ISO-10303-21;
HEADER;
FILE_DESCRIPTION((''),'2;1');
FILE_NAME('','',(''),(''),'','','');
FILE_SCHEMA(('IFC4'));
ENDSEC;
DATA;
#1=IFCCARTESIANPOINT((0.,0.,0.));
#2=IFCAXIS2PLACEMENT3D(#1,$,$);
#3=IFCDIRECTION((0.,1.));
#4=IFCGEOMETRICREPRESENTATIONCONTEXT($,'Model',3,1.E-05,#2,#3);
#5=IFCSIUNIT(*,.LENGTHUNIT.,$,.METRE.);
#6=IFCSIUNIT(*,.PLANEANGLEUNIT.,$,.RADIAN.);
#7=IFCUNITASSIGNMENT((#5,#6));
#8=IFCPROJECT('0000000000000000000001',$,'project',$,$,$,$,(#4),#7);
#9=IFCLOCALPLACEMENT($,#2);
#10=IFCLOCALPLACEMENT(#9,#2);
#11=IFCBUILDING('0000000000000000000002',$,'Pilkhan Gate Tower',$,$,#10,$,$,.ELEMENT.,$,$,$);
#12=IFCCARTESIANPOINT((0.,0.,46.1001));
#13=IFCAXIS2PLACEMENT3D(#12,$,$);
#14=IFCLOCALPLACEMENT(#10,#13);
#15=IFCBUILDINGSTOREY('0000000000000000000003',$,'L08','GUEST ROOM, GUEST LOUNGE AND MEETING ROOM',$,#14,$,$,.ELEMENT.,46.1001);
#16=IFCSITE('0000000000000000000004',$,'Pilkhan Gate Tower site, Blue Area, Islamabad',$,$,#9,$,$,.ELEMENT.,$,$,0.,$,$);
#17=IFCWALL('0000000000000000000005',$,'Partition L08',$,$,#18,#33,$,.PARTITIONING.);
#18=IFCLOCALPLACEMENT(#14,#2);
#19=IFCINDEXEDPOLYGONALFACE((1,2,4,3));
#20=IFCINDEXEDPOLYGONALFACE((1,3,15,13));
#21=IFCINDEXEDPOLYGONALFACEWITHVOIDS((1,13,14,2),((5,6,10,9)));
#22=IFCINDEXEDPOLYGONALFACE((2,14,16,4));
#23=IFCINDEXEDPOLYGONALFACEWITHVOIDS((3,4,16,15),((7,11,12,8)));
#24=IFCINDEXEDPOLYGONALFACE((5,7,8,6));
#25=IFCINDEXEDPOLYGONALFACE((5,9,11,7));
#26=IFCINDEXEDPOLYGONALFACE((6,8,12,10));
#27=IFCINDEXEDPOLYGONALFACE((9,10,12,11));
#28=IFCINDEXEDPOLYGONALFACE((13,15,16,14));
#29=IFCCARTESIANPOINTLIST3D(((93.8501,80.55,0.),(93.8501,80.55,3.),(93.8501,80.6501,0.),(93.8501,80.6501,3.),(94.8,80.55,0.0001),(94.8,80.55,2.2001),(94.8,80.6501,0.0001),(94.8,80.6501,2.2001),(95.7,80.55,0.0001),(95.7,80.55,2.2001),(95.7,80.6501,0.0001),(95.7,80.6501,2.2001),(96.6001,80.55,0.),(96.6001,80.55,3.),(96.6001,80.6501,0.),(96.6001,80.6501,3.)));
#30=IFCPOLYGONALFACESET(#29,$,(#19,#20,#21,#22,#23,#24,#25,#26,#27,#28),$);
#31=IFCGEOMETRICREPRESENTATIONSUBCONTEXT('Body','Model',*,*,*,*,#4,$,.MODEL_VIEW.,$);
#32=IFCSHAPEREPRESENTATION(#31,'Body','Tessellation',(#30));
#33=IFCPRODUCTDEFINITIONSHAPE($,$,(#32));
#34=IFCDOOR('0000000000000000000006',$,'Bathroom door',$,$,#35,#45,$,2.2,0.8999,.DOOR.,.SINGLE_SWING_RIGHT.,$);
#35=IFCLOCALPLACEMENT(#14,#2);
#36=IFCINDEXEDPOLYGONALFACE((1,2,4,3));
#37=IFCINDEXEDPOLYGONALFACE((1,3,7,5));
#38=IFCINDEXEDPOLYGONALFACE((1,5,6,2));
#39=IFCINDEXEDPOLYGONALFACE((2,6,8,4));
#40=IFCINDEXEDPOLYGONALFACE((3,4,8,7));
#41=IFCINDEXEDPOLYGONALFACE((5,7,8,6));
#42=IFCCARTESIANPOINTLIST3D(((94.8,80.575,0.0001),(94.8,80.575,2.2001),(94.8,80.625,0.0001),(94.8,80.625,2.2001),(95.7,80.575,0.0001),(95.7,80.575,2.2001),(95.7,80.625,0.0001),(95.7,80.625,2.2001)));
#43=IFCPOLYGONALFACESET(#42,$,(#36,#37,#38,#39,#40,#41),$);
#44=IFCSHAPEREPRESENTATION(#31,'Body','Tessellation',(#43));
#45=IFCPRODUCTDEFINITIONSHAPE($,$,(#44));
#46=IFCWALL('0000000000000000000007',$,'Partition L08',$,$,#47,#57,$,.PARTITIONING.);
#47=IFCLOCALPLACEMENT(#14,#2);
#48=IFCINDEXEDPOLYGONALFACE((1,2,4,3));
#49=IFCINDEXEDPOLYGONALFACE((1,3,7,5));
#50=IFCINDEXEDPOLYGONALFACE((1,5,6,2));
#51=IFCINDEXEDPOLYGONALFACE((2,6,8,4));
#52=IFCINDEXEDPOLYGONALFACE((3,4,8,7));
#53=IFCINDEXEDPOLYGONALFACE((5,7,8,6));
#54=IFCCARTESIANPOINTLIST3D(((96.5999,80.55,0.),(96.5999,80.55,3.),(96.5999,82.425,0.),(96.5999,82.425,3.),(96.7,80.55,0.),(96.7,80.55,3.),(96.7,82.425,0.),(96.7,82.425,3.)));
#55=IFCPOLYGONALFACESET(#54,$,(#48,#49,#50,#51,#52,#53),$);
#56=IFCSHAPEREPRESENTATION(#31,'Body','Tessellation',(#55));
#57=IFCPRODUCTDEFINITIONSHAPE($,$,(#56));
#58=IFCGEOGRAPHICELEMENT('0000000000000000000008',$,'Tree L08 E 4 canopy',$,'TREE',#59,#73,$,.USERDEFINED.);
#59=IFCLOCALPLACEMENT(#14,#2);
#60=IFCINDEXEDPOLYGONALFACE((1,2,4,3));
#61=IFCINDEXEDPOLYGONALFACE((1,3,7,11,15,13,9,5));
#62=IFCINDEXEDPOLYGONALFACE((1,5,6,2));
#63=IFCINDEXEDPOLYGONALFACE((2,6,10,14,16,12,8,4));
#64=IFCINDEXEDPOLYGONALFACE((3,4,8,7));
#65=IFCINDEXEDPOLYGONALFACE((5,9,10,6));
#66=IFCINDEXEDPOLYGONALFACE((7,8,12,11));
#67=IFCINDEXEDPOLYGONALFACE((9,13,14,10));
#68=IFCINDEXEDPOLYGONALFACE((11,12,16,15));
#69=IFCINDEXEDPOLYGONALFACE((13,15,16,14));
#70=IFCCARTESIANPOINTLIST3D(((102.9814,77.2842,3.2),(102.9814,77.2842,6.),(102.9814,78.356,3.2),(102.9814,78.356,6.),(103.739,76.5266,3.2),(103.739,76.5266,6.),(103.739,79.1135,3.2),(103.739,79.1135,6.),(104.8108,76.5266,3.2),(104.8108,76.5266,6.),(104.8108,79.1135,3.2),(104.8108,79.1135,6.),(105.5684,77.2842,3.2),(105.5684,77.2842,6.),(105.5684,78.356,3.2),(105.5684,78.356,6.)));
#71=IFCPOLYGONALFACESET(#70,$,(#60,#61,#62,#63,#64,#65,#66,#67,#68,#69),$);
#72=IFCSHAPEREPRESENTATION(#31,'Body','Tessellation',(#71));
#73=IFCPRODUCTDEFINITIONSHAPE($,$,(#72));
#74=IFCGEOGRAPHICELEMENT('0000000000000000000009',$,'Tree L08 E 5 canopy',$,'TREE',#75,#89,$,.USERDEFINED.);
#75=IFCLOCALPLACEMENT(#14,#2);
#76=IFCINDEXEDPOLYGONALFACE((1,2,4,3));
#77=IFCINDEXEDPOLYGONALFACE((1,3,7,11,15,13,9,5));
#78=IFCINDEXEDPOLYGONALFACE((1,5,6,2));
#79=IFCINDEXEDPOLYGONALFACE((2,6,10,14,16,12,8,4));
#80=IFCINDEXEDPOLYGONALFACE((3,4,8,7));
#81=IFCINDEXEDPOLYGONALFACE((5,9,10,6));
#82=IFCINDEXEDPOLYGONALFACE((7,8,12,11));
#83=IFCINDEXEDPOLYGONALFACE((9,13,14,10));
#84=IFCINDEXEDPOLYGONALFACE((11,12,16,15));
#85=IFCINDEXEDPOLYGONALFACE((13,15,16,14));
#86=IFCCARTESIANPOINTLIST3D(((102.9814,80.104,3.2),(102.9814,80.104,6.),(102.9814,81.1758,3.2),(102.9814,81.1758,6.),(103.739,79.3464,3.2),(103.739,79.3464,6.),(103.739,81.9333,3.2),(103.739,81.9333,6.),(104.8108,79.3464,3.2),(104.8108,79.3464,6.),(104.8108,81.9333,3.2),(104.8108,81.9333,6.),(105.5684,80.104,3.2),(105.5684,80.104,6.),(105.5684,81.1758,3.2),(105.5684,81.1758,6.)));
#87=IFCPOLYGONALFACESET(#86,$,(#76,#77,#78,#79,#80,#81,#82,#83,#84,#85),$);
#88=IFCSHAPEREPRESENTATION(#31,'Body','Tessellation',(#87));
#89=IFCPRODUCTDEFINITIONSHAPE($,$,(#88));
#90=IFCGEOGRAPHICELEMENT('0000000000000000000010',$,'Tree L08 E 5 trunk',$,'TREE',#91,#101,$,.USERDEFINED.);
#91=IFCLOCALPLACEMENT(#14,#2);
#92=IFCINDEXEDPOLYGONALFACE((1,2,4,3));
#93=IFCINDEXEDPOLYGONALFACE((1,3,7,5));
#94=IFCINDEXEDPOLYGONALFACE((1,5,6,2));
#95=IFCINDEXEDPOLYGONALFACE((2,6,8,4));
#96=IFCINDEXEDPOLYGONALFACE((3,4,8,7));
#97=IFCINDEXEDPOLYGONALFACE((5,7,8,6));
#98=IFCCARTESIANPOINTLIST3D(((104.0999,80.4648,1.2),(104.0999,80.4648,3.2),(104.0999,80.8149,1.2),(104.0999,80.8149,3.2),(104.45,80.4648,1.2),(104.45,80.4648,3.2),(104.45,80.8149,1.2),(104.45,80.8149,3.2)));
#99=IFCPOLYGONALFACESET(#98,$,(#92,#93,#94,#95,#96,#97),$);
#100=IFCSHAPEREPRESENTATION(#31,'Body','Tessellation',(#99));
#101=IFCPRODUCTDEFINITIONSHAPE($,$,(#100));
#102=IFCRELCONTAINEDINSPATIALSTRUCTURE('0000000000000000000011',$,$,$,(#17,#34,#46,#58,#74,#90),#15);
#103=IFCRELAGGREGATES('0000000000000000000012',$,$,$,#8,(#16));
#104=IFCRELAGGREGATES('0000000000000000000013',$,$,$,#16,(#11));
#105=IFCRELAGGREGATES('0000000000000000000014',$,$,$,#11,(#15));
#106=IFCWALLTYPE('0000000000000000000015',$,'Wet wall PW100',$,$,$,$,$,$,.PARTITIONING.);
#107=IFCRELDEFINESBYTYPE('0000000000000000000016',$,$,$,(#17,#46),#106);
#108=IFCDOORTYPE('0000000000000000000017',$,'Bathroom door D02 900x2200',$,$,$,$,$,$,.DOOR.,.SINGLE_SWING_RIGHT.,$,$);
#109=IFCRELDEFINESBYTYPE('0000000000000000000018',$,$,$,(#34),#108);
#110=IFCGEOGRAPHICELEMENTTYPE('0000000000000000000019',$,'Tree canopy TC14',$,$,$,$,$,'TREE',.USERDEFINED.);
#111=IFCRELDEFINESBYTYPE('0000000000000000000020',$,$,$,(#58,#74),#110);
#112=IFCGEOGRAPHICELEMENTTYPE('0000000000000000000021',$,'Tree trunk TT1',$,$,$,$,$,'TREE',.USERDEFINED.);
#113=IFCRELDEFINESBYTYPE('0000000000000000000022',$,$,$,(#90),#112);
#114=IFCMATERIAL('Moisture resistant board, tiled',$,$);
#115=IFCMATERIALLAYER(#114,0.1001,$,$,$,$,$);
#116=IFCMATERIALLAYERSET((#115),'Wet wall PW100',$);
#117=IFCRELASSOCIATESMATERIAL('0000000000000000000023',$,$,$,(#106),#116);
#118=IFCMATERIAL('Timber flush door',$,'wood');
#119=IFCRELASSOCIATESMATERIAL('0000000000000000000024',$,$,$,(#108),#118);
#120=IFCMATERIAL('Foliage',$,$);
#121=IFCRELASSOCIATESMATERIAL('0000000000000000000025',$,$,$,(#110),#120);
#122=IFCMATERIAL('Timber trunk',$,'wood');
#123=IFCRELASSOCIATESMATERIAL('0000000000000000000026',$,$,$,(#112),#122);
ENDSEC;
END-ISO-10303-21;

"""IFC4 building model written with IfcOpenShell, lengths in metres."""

from ifc_helpers import new_model, si_unit, direction, frame, frame_2d, origin, origin_2d, place, context, subcontext, project, spatial, polyline, rectangle, outline, extrude, material, layer, layer_set, material_profile, profile_set, type_object, element, fill, save


model = new_model("IFC4")

# Units and contexts
model_context = context("Model", 3, precision=1e-05, world=origin(), true_north=direction((0.0, 1.0)))
body_context = subcontext(model_context, "Body", "Model", "MODEL_VIEW")
ifc_project = project(units=[si_unit("LENGTHUNIT", "METRE"), si_unit("PLANEANGLEUNIT", "RADIAN")], contexts=[model_context])

# Site, building, storey
site_placement = place(None, origin())
site = spatial("IfcSite", under=ifc_project, at=site_placement, Name="Pilkhan Gate Tower site, Blue Area, Islamabad", CompositionType="ELEMENT", RefElevation=0.0)
building_placement = place(site_placement, origin())
building = spatial("IfcBuilding", under=site, at=building_placement, Name="Pilkhan Gate Tower", CompositionType="ELEMENT")
storey_placement = place(building_placement, frame((0.0, 0.0, 46.1001)))
storey = spatial("IfcBuildingStorey", under=building, at=storey_placement, Name="L08", Description="GUEST ROOM, GUEST LOUNGE AND MEETING ROOM", CompositionType="ELEMENT", Elevation=46.1001)

# Wall, opening, door
ifc_material_1 = material(Name="Moisture resistant board, tiled")
ifc_layer_1 = layer(ifc_material_1, 0.1001)
ifc_layer_set_1 = layer_set([ifc_layer_1], Name="Wet wall PW100")
wall_type_1 = type_object("IfcWallType", Name="Wet wall PW100", PredefinedType="PARTITIONING", material=ifc_layer_set_1)
wall_1_placement = place(storey_placement, frame((93.8501, 80.6001, 0.0), z_axis=(0.0, 0.0, 1.0), x_axis=(1.0, 0.0, 0.0)))
wall_1 = element("IfcWall", 1, at=wall_1_placement, inside=storey, type_object=wall_type_1, Name="Partition L08", PredefinedType="PARTITIONING", context=body_context, shape_type="SweptSolid", body=[
    extrude(rectangle(XDim=2.75, YDim=0.1001, at=frame_2d((1.375, 0.0))), origin(), (0.0, 0.0, 1.0), 3.0),
])
opening_placement = place(wall_1_placement, frame((0.95, 0.0, 0.0)))
opening = element("IfcOpeningElement", 2, at=opening_placement, cuts=wall_1, PredefinedType="OPENING", context=body_context, shape_type="SweptSolid", body=[
    extrude(rectangle(XDim=0.8999, YDim=2.2, at=frame_2d((0.45, 1.1001))), frame((0.0, 0.0601, 0.0), z_axis=(0.0, -1.0, 0.0), x_axis=(1.0, 0.0, 0.0)), (0.0, 0.0, 1.0), 0.1201),
])
ifc_material_2 = material(Name="Timber flush door", Category="wood")
door_type = type_object("IfcDoorType", Name="Bathroom door D02 900x2200", OperationType="SINGLE_SWING_RIGHT", PredefinedType="DOOR", material=ifc_material_2)
door_placement = place(opening_placement, origin())
door = element("IfcDoor", 3, at=door_placement, inside=storey, type_object=door_type, Name="Bathroom door", OperationType="SINGLE_SWING_RIGHT", OverallHeight=2.2, OverallWidth=0.8999, PredefinedType="DOOR", context=body_context, shape_type="SweptSolid", body=[
    extrude(rectangle(XDim=0.8999, YDim=2.2, at=frame_2d((0.45, 1.1001))), frame((0.0, 0.0249, 0.0), z_axis=(0.0, -1.0, 0.0), x_axis=(1.0, 0.0, 0.0)), (0.0, 0.0, 1.0), 0.05),
])
fill(opening, door)

# Wall
wall_2_placement = place(storey_placement, frame((96.6499, 80.55, 0.0), z_axis=(0.0, 0.0, 1.0), x_axis=(0.0, 1.0, 0.0)))
element("IfcWall", 4, at=wall_2_placement, inside=storey, type_object=wall_type_1, Name="Partition L08", PredefinedType="PARTITIONING", context=body_context, shape_type="SweptSolid", body=[
    extrude(rectangle(XDim=1.875, YDim=0.1001, at=frame_2d((0.9375, 0.0))), origin(), (0.0, 0.0, 1.0), 3.0),
])

# Geographic elements
ifc_material_3 = material(Name="Foliage")
ifc_material_profile_1 = material_profile(ifc_material_3, outline(polyline([(1.2935, 0.5359), (0.5359, 1.2935), (-0.5359, 1.2935), (-1.2935, 0.5359), (-1.2935, -0.5359), (-0.5359, -1.2935), (0.5359, -1.2935), (1.2935, -0.5359), (1.2935, 0.5359)])), Name="Canopy D2.8")
ifc_profile_set_1 = profile_set([ifc_material_profile_1], Name="Foliage")
geographic_element_type_1 = type_object("IfcGeographicElementType", Name="Tree canopy TC14", ElementType="TREE", PredefinedType="USERDEFINED", material=ifc_profile_set_1)
for number, where, z_axis, x_axis, name in (
    (5, (104.2749, 77.8201, 3.2), (0.0, 0.0, 1.0), (1.0, 0.0, 0.0), "Tree L08 E 4 canopy"),
    (6, (104.2749, 80.6399, 3.2), (0.0, 0.0, 1.0), (1.0, 0.0, 0.0), "Tree L08 E 5 canopy"),
):
    element("IfcGeographicElement", number, at=place(storey_placement, frame(where, z_axis=z_axis, x_axis=x_axis)), inside=storey, type_object=geographic_element_type_1, Name=name, ObjectType="TREE", PredefinedType="USERDEFINED", context=body_context, shape_type="SweptSolid", body=[
        extrude(outline(polyline([(1.2935, 0.5359), (0.5359, 1.2935), (-0.5359, 1.2935), (-1.2935, 0.5359), (-1.2935, -0.5359), (-0.5359, -1.2935), (0.5359, -1.2935), (1.2935, -0.5359), (1.2935, 0.5359)])), origin(), (0.0, 0.0, 1.0), 2.8),
    ])
ifc_material_4 = material(Name="Timber trunk", Category="wood")
geographic_element_type_2 = type_object("IfcGeographicElementType", Name="Tree trunk TT1", ElementType="TREE", PredefinedType="USERDEFINED", material=ifc_material_4)
geographic_element_placement = place(storey_placement, frame((104.2749, 80.6399, 1.2), z_axis=(0.0, 0.0, 1.0), x_axis=(1.0, 0.0, 0.0)))
element("IfcGeographicElement", 7, at=geographic_element_placement, inside=storey, type_object=geographic_element_type_2, Name="Tree L08 E 5 trunk", ObjectType="TREE", PredefinedType="USERDEFINED", context=body_context, shape_type="SweptSolid", body=[
    extrude(rectangle(XDim=0.3501, YDim=0.3501, at=origin_2d()), origin(), (0.0, 0.0, 1.0), 2.0),
])

save(model, "model.ifc")
